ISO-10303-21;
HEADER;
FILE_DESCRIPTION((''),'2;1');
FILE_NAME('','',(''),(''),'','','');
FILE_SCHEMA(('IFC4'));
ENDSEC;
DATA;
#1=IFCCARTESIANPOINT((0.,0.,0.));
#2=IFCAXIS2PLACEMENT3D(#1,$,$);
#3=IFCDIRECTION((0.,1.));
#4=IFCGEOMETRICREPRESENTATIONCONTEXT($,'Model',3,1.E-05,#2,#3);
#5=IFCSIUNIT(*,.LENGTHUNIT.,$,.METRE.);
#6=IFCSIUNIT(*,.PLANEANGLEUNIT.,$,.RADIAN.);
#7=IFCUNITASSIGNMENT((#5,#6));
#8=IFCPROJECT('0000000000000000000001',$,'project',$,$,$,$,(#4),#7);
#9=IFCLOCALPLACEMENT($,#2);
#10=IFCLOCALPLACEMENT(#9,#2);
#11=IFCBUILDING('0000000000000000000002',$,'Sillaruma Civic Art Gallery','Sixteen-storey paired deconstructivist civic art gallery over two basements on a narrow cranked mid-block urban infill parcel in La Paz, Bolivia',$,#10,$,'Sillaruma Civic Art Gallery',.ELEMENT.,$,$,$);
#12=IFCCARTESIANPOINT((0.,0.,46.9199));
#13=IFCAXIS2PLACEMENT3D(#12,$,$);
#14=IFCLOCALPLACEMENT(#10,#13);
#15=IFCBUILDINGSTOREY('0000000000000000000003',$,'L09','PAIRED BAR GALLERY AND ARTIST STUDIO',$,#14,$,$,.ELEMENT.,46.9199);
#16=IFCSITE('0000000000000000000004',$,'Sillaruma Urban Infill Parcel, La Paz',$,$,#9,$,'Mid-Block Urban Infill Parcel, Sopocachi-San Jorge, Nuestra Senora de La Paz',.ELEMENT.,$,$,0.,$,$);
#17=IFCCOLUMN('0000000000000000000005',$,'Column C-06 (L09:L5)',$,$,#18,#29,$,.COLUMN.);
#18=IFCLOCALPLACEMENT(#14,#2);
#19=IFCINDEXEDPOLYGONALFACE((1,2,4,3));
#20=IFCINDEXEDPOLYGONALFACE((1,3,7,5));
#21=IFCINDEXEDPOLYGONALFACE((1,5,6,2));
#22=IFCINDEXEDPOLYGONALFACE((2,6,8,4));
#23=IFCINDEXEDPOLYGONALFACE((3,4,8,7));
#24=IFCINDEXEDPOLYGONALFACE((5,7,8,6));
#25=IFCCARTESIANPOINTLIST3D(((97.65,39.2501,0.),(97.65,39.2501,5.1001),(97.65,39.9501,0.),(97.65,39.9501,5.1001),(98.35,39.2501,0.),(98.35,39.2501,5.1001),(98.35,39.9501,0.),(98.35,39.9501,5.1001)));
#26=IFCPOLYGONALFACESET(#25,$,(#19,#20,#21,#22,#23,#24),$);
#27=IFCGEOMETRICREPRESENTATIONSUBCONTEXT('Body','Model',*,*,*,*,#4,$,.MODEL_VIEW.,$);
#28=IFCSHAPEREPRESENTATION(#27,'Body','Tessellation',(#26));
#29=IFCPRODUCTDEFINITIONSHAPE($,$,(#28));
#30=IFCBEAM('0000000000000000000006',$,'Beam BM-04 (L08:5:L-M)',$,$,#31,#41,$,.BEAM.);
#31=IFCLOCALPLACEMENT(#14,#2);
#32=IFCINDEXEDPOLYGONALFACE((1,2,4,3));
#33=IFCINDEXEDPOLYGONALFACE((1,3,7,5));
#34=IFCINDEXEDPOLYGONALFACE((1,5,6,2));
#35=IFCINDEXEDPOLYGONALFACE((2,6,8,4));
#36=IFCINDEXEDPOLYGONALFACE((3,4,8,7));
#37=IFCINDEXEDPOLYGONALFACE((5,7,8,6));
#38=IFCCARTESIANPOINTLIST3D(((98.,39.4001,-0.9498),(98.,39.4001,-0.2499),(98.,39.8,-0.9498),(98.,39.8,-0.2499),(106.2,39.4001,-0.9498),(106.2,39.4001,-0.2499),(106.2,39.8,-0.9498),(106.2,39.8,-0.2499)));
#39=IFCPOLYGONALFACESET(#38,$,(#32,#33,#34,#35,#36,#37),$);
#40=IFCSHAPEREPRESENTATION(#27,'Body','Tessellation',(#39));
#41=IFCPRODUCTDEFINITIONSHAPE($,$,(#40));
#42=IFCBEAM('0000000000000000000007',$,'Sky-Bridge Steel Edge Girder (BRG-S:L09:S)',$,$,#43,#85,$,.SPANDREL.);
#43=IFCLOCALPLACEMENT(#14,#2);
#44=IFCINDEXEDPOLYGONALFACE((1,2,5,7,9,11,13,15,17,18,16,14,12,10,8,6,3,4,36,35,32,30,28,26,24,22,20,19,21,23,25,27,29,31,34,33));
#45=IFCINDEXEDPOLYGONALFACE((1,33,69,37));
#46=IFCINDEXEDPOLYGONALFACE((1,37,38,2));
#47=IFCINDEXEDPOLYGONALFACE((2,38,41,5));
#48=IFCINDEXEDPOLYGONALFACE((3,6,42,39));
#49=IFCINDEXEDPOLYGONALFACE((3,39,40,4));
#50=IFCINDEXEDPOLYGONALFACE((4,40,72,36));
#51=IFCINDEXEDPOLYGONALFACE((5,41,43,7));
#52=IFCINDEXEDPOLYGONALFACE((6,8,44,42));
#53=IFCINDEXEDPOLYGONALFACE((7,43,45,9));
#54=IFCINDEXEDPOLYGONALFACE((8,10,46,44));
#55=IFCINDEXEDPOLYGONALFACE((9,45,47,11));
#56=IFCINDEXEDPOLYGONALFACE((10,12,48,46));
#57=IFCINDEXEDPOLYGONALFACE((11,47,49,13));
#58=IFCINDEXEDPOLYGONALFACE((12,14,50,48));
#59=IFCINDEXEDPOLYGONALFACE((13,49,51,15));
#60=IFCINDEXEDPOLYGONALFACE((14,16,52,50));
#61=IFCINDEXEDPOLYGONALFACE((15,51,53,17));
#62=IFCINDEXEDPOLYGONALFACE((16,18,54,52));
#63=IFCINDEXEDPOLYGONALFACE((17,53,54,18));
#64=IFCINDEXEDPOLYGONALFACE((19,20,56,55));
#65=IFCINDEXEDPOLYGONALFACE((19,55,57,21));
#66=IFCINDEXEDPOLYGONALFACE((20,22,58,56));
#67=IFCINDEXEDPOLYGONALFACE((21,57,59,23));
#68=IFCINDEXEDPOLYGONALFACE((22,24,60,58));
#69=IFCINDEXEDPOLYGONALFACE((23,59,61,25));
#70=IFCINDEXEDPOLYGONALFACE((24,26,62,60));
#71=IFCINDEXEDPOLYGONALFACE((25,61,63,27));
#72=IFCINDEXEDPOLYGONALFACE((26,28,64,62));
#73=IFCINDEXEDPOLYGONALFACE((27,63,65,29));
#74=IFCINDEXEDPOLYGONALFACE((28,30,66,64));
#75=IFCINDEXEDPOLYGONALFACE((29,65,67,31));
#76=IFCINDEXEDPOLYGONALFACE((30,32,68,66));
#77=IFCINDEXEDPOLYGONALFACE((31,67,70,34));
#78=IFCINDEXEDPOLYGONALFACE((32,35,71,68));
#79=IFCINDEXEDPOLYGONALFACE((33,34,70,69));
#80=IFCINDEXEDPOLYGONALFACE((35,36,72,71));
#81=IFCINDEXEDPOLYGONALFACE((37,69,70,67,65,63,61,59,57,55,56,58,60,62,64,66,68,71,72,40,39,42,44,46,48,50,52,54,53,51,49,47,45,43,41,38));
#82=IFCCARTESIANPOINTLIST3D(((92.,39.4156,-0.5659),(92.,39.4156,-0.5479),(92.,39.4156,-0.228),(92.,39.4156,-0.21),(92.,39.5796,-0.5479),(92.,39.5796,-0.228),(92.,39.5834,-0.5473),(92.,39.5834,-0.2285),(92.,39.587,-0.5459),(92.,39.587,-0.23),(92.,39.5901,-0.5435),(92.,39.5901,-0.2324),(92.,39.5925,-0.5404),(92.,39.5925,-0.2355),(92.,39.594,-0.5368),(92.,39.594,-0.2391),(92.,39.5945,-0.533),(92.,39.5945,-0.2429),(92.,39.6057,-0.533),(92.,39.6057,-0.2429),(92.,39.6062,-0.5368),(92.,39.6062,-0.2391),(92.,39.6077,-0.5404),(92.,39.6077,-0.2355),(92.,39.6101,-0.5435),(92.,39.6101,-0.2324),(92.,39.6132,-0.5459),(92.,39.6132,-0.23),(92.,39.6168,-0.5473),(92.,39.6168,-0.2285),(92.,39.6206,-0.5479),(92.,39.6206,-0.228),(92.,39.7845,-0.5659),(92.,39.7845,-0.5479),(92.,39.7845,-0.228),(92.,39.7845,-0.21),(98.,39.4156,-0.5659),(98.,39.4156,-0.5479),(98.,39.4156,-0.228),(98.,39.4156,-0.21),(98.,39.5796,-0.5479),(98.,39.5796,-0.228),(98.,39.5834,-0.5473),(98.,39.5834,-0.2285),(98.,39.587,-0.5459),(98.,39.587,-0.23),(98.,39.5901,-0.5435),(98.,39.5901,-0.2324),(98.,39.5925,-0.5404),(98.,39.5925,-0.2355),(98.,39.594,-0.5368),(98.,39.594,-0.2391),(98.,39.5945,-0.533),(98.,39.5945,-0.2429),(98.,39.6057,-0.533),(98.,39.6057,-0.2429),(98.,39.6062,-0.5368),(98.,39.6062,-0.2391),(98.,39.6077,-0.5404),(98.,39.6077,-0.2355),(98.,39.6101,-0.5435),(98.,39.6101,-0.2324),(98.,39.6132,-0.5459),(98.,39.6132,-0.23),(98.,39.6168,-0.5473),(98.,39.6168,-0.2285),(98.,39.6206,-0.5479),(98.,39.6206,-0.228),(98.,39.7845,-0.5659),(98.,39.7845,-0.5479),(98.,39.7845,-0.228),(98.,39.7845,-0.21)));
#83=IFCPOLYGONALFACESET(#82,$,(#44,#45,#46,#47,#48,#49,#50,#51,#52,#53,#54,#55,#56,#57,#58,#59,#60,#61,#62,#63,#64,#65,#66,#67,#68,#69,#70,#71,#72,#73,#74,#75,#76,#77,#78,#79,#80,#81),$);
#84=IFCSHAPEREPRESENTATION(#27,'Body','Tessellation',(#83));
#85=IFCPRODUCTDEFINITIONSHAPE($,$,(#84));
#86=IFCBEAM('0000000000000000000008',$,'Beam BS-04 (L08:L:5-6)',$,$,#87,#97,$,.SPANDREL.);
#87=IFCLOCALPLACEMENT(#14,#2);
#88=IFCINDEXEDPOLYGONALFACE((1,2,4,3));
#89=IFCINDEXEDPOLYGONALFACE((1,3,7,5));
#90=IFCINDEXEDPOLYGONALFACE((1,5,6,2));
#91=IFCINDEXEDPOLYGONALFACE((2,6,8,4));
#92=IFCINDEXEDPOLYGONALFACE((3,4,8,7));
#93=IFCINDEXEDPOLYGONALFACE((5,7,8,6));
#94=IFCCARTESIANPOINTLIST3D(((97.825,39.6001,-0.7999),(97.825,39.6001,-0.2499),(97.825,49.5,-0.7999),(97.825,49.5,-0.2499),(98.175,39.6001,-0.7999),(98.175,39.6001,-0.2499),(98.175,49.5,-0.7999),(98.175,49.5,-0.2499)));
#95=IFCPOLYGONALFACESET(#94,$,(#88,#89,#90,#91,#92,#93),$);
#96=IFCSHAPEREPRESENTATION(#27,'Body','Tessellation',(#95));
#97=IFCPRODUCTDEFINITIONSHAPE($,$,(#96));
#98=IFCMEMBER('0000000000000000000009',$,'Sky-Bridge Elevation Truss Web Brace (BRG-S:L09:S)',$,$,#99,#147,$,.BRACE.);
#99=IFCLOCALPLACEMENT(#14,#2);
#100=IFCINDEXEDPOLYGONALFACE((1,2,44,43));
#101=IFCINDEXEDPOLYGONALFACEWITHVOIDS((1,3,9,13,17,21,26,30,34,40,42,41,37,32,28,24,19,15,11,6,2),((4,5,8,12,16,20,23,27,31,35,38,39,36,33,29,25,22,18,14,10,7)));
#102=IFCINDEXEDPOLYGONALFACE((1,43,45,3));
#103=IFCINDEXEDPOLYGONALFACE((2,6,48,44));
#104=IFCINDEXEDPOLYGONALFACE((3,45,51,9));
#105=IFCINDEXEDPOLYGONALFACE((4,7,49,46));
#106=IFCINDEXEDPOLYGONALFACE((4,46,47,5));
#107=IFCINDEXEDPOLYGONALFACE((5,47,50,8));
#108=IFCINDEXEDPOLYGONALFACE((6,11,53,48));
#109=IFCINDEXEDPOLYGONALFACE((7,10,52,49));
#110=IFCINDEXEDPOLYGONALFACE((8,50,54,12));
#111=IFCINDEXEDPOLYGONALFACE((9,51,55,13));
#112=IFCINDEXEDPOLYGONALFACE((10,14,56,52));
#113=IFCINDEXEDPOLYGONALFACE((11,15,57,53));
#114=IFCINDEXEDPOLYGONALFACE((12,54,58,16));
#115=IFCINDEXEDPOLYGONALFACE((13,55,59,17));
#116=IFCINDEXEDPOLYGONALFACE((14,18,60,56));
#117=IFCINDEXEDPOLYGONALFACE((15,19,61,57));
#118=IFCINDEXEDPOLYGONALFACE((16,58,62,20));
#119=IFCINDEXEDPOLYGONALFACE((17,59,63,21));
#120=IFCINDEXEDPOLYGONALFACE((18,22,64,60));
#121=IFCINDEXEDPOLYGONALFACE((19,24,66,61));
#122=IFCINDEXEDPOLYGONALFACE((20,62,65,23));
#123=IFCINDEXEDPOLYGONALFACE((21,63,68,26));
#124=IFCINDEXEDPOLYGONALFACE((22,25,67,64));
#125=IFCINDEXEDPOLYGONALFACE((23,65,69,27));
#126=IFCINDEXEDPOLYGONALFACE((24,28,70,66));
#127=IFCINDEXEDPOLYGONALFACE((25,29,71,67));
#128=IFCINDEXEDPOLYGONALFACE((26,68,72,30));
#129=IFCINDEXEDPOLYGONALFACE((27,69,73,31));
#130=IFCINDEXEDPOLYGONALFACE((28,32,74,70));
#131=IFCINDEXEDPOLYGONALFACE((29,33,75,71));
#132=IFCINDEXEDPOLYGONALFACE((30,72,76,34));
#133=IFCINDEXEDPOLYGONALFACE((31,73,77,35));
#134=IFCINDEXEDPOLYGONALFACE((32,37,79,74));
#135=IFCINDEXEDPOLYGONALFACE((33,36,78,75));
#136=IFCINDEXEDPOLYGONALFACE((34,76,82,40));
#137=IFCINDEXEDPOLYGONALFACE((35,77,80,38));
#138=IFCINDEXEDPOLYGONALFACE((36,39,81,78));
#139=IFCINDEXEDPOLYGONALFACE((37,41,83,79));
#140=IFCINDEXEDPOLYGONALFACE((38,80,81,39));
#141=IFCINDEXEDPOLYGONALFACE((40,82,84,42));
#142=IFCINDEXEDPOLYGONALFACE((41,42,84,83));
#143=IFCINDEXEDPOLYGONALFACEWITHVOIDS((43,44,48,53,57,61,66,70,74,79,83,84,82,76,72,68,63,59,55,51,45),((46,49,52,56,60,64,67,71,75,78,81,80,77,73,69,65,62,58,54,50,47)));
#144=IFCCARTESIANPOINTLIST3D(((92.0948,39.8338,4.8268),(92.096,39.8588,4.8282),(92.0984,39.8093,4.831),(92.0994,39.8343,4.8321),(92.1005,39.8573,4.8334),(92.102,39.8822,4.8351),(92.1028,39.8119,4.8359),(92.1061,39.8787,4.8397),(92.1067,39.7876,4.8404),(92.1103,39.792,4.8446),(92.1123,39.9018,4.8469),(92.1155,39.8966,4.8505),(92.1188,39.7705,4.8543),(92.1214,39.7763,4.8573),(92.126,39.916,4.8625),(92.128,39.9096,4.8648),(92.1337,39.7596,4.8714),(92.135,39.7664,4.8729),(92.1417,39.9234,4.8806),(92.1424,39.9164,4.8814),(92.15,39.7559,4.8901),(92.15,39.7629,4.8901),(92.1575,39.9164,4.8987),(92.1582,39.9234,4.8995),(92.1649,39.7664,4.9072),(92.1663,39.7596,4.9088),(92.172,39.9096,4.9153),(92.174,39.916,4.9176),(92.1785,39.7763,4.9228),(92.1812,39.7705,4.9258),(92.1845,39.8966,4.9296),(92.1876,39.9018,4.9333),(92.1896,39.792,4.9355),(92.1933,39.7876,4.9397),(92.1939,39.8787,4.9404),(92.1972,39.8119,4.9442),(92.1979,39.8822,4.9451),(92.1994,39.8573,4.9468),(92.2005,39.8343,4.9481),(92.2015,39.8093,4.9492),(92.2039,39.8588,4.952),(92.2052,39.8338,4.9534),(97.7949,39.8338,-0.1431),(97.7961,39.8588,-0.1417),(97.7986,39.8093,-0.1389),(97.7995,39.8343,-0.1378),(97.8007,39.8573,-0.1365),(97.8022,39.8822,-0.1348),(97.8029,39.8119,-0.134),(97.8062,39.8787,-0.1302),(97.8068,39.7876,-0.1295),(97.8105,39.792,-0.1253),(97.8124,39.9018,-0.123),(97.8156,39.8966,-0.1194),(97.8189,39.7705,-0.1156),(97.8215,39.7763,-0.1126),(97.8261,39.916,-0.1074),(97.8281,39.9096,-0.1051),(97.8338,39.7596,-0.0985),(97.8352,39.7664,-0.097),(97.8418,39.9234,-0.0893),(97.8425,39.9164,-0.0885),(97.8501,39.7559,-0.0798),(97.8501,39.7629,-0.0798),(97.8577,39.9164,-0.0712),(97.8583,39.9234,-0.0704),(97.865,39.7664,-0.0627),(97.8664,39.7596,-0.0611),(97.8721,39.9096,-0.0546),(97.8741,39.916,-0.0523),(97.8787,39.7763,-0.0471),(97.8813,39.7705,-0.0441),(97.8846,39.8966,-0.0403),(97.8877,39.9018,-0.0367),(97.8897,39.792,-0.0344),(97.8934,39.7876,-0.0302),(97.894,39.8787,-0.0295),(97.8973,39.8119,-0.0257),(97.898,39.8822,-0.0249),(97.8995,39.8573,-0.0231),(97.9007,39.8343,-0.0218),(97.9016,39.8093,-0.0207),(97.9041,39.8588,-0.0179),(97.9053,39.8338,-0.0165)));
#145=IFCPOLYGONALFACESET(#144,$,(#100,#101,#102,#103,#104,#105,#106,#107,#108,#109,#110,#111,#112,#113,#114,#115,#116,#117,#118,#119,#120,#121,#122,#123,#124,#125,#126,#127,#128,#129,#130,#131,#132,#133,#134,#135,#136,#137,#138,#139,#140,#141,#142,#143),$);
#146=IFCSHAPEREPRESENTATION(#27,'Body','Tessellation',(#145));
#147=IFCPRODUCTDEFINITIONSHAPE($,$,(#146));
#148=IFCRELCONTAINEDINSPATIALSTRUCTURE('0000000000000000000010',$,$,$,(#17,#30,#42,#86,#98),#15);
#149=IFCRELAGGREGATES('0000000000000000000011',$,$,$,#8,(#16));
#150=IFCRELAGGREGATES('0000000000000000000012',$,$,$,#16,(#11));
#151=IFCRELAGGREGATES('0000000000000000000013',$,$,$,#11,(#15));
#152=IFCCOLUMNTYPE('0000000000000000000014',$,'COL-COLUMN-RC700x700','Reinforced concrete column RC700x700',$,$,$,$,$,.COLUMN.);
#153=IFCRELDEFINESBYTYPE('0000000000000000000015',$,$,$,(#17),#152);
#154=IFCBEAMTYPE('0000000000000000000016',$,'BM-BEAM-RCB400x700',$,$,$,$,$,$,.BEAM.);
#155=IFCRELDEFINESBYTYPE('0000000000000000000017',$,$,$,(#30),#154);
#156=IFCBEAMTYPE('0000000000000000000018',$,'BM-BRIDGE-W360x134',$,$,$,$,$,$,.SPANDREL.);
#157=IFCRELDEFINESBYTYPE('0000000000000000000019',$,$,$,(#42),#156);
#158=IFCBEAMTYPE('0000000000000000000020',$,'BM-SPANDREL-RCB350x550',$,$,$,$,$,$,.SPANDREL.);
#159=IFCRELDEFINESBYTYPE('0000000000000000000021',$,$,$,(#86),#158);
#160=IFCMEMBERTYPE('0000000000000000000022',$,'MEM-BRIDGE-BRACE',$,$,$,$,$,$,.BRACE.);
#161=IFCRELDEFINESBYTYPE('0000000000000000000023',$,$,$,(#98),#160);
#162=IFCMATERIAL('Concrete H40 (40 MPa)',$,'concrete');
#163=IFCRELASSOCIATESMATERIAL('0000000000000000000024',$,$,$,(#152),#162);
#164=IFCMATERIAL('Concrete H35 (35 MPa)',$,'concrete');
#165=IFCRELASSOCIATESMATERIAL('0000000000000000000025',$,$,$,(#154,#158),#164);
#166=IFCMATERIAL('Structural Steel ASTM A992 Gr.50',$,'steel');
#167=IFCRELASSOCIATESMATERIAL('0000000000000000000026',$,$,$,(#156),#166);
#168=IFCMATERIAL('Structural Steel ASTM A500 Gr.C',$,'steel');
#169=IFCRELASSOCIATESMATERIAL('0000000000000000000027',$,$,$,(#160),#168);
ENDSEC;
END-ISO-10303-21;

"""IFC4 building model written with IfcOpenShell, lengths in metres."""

from ifc_helpers import new_model, si_unit, direction, frame, origin, origin_2d, place, context, subcontext, project, spatial, rectangle, hollow_circle, i_section, extrude, material, material_profile, profile_set, type_object, element, save


model = new_model("IFC4")

# Units and contexts
model_context = context("Model", 3, precision=1e-05, world=origin(), true_north=direction((0.0, 1.0)))
body_context = subcontext(model_context, "Body", "Model", "MODEL_VIEW")
ifc_project = project(units=[si_unit("LENGTHUNIT", "METRE"), si_unit("PLANEANGLEUNIT", "RADIAN")], contexts=[model_context])

# Site, building, storey
site_placement = place(None, origin())
site = spatial("IfcSite", under=ifc_project, at=site_placement, Name="Sillaruma Urban Infill Parcel, La Paz", LongName="Mid-Block Urban Infill Parcel, Sopocachi-San Jorge, Nuestra Senora de La Paz", CompositionType="ELEMENT", RefElevation=0.0)
building_placement = place(site_placement, origin())
building = spatial("IfcBuilding", under=site, at=building_placement, Name="Sillaruma Civic Art Gallery", Description="Sixteen-storey paired deconstructivist civic art gallery over two basements on a narrow cranked mid-block urban infill parcel in La Paz, Bolivia", LongName="Sillaruma Civic Art Gallery", CompositionType="ELEMENT")
storey_placement = place(building_placement, frame((0.0, 0.0, 46.9199)))
storey = spatial("IfcBuildingStorey", under=building, at=storey_placement, Name="L09", Description="PAIRED BAR GALLERY AND ARTIST STUDIO", CompositionType="ELEMENT", Elevation=46.9199)

# Column
ifc_material_1 = material(Name="Concrete H40 (40 MPa)", Category="concrete")
ifc_material_profile_1 = material_profile(ifc_material_1, rectangle(XDim=0.7, YDim=0.7, at=origin_2d()), Name="RC700x700")
ifc_profile_set_1 = profile_set([ifc_material_profile_1], Name="Concrete H40 (40 MPa)")
column_type = type_object("IfcColumnType", Name="COL-COLUMN-RC700x700", Description="Reinforced concrete column RC700x700", PredefinedType="COLUMN", material=ifc_profile_set_1)
column_placement = place(storey_placement, frame((98.0, 39.6001, 0.0), z_axis=(0.0, 0.0, 1.0), x_axis=(1.0, 0.0, 0.0)))
element("IfcColumn", 1, at=column_placement, inside=storey, type_object=column_type, Name="Column C-06 (L09:L5)", PredefinedType="COLUMN", context=body_context, shape_type="SweptSolid", body=[
    extrude(rectangle(XDim=0.7, YDim=0.7, at=origin_2d()), origin(), (0.0, 0.0, 1.0), 5.1001),
])

# Beams
ifc_material_2 = material(Name="Concrete H35 (35 MPa)", Category="concrete")
ifc_material_profile_2 = material_profile(ifc_material_2, rectangle(XDim=0.3999, YDim=0.7, at=origin_2d()), Name="RCB400x700")
ifc_profile_set_2 = profile_set([ifc_material_profile_2], Name="Concrete H35 (35 MPa)")
beam_type_1 = type_object("IfcBeamType", Name="BM-BEAM-RCB400x700", PredefinedType="BEAM", material=ifc_profile_set_2)
beam_1_placement = place(storey_placement, frame((98.0, 39.6001, -0.5999), z_axis=(1.0, 0.0, 0.0), x_axis=(0.0, 1.0, 0.0)))
element("IfcBeam", 2, at=beam_1_placement, inside=storey, type_object=beam_type_1, Name="Beam BM-04 (L08:5:L-M)", PredefinedType="BEAM", context=body_context, shape_type="SweptSolid", body=[
    extrude(rectangle(XDim=0.3999, YDim=0.7, at=origin_2d()), origin(), (0.0, 0.0, 1.0), 8.2),
])
ifc_material_3 = material(Name="Structural Steel ASTM A992 Gr.50", Category="steel")
ifc_material_profile_3 = material_profile(ifc_material_3, i_section(OverallWidth=0.3689, OverallDepth=0.356, WebThickness=0.0112, FlangeThickness=0.0181, FilletRadius=0.0149, at=origin_2d()), Name="W360x134")
ifc_profile_set_3 = profile_set([ifc_material_profile_3], Name="Structural Steel ASTM A992 Gr.50")
beam_type_2 = type_object("IfcBeamType", Name="BM-BRIDGE-W360x134", PredefinedType="SPANDREL", material=ifc_profile_set_3)
beam_2_placement = place(storey_placement, frame((92.0, 39.6001, -0.3879), z_axis=(1.0, 0.0, 0.0), x_axis=(0.0, 1.0, 0.0)))
element("IfcBeam", 3, at=beam_2_placement, inside=storey, type_object=beam_type_2, Name="Sky-Bridge Steel Edge Girder (BRG-S:L09:S)", PredefinedType="SPANDREL", context=body_context, shape_type="SweptSolid", body=[
    extrude(i_section(OverallWidth=0.3689, OverallDepth=0.356, WebThickness=0.0112, FlangeThickness=0.0181, FilletRadius=0.0149, at=origin_2d()), origin(), (0.0, 0.0, 1.0), 6.0),
])
ifc_material_profile_4 = material_profile(ifc_material_2, rectangle(XDim=0.3501, YDim=0.55, at=origin_2d()), Name="RCB350x550")
ifc_profile_set_4 = profile_set([ifc_material_profile_4], Name="Concrete H35 (35 MPa)")
beam_type_3 = type_object("IfcBeamType", Name="BM-SPANDREL-RCB350x550", PredefinedType="SPANDREL", material=ifc_profile_set_4)
beam_3_placement = place(storey_placement, frame((98.0, 39.6001, -0.5249), z_axis=(0.0, 1.0, 0.0), x_axis=(-1.0, 0.0, 0.0)))
element("IfcBeam", 4, at=beam_3_placement, inside=storey, type_object=beam_type_3, Name="Beam BS-04 (L08:L:5-6)", PredefinedType="SPANDREL", context=body_context, shape_type="SweptSolid", body=[
    extrude(rectangle(XDim=0.3501, YDim=0.55, at=origin_2d()), origin(), (0.0, 0.0, 1.0), 9.8999),
])

# Member
ifc_material_4 = material(Name="Structural Steel ASTM A500 Gr.C", Category="steel")
ifc_material_profile_5 = material_profile(ifc_material_4, hollow_circle(Radius=0.0842, WallThickness=0.0071, at=origin_2d()), Name="CHS168.3x7.1")
ifc_profile_set_5 = profile_set([ifc_material_profile_5], Name="Structural Steel ASTM A500 Gr.C")
member_type_1 = type_object("IfcMemberType", Name="MEM-BRIDGE-BRACE", PredefinedType="BRACE", material=ifc_profile_set_5)
member_1_placement = place(storey_placement, frame((97.8501, 39.8401, -0.0798), z_axis=(-0.753735, 0.0, 0.657178), x_axis=(0.0, -1.0, 0.0)))
element("IfcMember", 5, at=member_1_placement, inside=storey, type_object=member_type_1, Name="Sky-Bridge Elevation Truss Web Brace (BRG-S:L09:S)", PredefinedType="BRACE", context=body_context, shape_type="SweptSolid", body=[
    extrude(hollow_circle(Radius=0.0842, WallThickness=0.0071, at=origin_2d()), origin(), (0.0, 0.0, 1.0), 7.5625),
])

save(model, "model.ifc")
